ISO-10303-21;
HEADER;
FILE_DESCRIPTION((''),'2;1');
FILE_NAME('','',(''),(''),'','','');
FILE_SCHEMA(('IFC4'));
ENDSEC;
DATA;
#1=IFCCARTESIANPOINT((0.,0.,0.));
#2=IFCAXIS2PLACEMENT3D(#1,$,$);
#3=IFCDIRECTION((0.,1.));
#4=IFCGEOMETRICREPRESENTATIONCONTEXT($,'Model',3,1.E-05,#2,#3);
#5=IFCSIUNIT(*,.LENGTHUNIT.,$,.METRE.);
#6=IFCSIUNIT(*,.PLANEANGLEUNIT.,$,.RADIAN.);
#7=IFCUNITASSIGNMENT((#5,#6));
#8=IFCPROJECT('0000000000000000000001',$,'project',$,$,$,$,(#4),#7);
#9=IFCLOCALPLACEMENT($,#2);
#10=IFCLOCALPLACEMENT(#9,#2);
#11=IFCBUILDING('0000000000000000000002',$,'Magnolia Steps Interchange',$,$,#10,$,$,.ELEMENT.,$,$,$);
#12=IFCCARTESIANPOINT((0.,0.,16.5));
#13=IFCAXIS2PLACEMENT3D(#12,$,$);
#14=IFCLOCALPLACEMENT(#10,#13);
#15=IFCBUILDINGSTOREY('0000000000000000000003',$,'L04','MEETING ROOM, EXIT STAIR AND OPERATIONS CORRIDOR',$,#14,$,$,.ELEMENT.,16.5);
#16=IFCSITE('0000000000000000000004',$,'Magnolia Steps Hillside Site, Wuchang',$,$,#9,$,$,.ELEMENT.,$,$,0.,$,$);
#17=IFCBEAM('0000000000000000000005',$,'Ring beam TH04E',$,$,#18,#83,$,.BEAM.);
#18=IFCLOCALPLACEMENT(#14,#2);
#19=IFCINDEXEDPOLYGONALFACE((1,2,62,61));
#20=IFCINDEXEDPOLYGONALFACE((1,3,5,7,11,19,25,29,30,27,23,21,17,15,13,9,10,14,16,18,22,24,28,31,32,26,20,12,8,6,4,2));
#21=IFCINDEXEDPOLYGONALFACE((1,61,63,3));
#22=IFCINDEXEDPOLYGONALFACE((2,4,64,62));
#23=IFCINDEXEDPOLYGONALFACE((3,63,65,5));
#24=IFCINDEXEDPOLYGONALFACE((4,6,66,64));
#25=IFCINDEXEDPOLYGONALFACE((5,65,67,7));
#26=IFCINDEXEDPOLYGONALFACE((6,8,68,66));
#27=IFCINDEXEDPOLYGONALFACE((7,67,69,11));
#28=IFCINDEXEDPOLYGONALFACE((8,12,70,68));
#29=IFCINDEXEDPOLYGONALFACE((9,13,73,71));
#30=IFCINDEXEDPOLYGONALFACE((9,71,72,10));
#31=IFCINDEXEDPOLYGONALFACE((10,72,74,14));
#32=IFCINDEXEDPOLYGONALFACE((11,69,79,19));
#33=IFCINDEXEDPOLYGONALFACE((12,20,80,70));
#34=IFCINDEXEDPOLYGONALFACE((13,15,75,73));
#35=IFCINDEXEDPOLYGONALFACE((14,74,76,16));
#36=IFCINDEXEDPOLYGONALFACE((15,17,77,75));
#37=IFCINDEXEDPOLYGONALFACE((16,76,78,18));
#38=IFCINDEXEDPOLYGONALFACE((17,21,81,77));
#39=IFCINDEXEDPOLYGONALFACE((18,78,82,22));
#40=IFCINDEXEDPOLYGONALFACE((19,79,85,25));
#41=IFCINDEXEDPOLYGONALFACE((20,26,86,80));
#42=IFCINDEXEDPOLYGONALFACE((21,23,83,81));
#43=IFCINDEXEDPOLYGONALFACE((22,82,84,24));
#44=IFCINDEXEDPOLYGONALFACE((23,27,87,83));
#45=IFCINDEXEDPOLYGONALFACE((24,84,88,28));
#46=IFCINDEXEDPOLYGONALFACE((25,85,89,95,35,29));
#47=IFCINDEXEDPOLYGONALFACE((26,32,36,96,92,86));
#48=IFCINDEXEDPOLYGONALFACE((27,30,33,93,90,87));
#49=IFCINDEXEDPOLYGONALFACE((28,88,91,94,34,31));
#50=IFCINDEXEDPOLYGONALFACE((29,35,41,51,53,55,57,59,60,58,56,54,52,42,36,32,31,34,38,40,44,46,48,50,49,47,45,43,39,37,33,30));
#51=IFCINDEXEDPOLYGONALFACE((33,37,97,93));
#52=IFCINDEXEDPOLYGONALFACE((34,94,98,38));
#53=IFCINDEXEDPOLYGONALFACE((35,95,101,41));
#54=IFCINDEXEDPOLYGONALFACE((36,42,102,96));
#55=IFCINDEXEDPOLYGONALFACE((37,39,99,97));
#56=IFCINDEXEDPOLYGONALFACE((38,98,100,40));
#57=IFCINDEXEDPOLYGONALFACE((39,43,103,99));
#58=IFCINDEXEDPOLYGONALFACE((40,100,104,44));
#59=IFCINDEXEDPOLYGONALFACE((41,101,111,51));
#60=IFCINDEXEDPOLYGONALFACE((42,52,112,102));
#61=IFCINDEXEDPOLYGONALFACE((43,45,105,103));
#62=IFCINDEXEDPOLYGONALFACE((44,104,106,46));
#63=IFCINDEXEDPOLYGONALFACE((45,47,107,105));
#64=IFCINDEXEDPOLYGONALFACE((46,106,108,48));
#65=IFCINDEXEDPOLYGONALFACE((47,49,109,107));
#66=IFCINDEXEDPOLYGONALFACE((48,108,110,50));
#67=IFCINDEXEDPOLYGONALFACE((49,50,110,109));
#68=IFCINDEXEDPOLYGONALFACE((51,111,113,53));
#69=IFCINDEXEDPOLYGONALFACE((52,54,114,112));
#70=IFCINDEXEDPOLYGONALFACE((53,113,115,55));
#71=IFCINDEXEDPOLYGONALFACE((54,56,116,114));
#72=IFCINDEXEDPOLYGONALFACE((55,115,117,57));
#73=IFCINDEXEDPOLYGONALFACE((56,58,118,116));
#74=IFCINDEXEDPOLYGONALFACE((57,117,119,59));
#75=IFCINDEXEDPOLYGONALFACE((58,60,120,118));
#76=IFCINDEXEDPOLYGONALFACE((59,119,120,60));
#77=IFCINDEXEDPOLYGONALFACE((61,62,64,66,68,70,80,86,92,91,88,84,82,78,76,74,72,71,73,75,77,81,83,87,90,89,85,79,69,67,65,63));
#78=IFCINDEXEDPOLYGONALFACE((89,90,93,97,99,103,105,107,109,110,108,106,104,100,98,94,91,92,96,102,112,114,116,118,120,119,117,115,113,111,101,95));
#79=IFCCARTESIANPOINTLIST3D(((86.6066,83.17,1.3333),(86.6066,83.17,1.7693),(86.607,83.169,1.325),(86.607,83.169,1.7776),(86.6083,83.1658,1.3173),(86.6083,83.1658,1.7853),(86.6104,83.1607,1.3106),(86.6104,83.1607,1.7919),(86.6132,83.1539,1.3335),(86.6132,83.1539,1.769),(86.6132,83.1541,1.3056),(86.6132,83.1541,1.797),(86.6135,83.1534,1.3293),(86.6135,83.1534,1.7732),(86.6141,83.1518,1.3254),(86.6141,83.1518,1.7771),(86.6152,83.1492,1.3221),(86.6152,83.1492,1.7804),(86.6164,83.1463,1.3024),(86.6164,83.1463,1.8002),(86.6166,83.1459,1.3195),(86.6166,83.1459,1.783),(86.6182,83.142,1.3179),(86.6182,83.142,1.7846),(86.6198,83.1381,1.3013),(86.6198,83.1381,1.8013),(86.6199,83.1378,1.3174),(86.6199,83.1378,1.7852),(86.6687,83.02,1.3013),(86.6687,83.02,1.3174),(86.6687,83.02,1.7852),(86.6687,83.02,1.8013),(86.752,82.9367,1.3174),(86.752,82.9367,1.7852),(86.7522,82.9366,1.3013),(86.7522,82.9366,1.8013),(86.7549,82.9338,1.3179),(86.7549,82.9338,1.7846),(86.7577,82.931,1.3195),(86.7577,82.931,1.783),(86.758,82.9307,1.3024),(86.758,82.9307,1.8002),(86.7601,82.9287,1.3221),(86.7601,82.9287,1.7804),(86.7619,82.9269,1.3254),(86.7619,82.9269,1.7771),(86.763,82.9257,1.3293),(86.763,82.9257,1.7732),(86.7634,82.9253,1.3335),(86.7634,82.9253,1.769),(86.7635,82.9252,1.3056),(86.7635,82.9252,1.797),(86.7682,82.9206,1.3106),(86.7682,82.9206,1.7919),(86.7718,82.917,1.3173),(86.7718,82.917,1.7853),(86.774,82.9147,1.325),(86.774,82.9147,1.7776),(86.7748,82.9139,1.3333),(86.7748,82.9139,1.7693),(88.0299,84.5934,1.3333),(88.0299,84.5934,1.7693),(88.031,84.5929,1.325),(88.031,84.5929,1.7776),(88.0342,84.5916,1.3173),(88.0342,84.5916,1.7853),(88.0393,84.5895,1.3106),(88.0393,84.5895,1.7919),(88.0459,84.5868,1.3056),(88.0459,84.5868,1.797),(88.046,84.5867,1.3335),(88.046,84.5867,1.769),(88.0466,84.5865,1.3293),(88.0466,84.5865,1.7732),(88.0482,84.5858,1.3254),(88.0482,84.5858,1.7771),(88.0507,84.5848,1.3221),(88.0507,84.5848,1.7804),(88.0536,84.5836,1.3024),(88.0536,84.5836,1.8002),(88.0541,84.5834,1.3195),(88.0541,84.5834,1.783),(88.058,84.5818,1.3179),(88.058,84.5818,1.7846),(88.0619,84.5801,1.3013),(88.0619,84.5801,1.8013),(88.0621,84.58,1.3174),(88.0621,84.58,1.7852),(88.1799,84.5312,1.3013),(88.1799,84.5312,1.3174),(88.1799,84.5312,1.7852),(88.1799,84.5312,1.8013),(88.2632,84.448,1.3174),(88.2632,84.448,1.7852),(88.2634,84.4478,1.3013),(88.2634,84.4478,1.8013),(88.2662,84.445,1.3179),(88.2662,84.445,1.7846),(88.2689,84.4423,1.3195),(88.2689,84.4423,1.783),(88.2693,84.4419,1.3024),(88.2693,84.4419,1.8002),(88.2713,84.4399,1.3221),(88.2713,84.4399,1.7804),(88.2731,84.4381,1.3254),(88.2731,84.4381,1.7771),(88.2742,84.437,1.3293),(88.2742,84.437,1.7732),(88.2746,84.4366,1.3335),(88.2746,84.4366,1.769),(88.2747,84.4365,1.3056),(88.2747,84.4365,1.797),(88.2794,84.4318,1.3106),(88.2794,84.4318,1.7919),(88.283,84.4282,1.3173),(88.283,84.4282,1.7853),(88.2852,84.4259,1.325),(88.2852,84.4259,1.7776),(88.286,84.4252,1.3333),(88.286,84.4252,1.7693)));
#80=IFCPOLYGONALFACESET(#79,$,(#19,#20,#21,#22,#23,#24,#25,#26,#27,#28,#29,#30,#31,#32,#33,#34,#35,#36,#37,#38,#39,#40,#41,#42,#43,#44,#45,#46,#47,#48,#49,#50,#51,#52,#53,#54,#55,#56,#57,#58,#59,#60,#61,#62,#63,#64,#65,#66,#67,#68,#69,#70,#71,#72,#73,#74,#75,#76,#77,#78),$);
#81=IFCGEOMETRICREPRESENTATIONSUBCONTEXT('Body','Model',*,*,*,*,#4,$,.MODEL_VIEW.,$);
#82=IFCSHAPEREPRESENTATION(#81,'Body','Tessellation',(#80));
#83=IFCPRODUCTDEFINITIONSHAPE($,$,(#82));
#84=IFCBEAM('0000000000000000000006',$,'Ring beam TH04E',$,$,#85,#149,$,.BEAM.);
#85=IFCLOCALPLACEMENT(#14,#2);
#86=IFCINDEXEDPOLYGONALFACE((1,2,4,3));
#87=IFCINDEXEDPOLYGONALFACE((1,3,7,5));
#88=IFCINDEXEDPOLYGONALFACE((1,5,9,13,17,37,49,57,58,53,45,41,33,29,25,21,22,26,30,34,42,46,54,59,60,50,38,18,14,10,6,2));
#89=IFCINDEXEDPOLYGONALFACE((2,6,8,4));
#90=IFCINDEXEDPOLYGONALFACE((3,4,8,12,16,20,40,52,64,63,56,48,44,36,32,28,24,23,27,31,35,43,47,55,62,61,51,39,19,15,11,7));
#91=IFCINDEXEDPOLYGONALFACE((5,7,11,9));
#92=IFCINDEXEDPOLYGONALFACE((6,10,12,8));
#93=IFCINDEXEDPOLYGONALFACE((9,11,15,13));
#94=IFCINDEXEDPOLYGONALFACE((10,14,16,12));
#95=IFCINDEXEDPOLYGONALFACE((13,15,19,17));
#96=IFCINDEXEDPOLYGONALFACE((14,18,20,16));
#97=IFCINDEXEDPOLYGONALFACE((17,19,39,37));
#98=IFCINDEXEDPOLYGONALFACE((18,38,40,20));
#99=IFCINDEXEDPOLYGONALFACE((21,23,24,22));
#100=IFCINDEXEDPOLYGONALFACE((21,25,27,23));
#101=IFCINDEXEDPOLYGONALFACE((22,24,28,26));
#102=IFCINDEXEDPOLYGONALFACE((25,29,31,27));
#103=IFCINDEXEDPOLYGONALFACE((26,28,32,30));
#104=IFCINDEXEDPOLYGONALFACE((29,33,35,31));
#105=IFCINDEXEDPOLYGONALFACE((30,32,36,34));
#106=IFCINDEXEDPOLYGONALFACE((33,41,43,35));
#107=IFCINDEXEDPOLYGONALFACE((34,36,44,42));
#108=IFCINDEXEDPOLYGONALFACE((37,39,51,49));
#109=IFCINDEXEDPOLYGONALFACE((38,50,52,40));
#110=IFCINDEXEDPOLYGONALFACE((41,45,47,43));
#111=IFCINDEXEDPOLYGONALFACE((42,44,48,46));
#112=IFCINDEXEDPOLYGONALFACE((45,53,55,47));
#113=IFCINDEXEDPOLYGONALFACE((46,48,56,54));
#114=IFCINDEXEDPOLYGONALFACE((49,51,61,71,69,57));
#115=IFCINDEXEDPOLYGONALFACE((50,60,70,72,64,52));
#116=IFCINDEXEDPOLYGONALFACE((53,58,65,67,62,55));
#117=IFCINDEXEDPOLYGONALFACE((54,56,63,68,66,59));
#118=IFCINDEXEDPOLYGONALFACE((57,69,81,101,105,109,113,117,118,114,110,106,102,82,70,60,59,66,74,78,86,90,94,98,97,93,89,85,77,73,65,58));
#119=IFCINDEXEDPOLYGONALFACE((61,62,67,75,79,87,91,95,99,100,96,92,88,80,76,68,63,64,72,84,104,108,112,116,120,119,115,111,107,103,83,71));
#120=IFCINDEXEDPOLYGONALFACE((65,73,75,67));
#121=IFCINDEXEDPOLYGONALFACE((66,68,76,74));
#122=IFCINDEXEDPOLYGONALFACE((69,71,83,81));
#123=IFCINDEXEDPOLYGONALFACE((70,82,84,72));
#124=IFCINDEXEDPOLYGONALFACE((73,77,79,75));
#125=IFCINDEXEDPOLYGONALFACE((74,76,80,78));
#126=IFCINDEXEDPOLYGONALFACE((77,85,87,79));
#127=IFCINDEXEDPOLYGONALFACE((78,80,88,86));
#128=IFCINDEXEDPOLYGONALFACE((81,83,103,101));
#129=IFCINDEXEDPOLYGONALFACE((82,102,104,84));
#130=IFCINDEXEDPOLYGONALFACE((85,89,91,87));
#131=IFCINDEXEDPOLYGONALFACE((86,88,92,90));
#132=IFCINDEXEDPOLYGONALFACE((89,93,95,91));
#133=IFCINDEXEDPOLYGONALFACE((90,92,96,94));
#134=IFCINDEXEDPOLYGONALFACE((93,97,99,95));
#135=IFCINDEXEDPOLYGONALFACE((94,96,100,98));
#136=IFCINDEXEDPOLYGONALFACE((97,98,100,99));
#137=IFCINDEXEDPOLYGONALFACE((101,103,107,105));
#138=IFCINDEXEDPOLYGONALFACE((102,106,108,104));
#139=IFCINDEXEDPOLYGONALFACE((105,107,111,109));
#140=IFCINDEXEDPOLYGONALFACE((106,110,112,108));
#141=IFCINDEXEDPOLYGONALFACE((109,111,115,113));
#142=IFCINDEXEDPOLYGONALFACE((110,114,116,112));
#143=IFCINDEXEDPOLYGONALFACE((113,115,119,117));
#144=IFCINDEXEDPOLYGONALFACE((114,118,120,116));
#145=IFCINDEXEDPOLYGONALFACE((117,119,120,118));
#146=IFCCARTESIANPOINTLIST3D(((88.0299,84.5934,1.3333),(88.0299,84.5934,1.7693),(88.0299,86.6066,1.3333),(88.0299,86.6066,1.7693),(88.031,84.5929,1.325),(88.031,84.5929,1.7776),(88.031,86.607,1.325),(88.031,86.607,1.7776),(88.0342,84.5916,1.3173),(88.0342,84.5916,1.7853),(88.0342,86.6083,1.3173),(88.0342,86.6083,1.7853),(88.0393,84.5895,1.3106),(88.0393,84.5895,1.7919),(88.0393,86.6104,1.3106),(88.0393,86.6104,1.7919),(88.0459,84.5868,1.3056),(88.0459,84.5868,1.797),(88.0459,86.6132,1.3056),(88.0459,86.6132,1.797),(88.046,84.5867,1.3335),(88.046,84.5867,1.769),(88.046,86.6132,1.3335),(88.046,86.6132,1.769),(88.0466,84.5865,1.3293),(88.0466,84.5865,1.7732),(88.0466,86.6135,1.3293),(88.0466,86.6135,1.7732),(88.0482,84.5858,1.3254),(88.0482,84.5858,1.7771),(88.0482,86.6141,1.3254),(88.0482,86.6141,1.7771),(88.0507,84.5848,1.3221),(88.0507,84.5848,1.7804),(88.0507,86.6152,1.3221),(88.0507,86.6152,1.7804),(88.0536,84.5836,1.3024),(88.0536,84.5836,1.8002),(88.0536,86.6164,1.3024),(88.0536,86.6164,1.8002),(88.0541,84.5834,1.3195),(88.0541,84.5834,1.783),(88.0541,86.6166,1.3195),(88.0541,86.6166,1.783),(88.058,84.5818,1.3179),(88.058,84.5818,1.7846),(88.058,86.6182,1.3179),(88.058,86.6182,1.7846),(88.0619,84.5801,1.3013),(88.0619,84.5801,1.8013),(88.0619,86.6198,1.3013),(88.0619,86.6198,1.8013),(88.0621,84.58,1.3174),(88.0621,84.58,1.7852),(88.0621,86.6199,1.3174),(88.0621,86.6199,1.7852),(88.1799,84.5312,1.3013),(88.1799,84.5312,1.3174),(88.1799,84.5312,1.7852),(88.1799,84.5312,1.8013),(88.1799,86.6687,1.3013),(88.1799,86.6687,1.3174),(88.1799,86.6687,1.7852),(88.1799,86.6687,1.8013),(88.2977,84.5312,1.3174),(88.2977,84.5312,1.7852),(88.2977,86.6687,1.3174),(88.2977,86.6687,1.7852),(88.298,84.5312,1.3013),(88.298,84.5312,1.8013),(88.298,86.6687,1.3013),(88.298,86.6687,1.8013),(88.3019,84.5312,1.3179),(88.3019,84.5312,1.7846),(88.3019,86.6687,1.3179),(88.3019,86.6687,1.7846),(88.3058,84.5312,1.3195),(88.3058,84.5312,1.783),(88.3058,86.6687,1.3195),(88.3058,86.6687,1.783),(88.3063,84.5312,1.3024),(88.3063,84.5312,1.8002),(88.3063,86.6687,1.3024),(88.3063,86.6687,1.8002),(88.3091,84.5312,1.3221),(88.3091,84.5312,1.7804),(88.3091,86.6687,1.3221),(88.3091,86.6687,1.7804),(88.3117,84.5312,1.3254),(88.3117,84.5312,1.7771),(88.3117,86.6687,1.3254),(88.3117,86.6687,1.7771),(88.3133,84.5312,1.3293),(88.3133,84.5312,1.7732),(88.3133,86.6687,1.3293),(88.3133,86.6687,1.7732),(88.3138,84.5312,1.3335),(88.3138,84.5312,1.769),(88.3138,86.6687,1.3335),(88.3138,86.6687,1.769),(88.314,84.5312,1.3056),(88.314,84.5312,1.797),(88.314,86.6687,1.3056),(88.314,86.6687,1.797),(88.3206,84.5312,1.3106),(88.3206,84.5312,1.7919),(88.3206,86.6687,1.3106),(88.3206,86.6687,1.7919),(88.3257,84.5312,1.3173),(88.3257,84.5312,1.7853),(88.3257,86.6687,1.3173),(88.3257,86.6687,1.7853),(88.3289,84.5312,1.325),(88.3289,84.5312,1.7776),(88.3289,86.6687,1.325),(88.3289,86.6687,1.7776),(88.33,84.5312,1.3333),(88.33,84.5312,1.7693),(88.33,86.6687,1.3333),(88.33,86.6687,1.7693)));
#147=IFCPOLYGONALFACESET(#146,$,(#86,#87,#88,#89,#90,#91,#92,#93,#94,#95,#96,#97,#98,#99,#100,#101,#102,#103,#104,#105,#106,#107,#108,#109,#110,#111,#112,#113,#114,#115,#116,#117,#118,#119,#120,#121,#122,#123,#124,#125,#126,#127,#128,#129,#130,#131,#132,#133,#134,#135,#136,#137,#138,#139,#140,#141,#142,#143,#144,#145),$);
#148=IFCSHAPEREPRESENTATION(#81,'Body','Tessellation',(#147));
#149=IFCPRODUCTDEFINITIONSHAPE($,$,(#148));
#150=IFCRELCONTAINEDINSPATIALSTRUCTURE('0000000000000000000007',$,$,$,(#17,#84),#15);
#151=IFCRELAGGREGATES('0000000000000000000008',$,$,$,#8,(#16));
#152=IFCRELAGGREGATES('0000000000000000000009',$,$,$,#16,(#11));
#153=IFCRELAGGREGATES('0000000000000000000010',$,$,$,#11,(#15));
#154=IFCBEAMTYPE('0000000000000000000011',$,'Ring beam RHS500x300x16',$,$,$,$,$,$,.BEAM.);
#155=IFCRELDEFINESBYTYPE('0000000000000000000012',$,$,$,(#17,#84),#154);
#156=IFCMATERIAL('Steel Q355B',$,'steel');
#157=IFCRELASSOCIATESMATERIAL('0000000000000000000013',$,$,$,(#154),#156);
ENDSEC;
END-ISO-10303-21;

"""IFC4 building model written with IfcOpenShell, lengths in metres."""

from ifc_helpers import new_model, si_unit, direction, frame, origin, origin_2d, place, context, subcontext, project, spatial, hollow_rectangle, extrude, clip, halfspace, material, material_profile, profile_set, type_object, element, save


model = new_model("IFC4")

# Units and contexts
model_context = context("Model", 3, precision=1e-05, world=origin(), true_north=direction((0.0, 1.0)))
body_context = subcontext(model_context, "Body", "Model", "MODEL_VIEW")
ifc_project = project(units=[si_unit("LENGTHUNIT", "METRE"), si_unit("PLANEANGLEUNIT", "RADIAN")], contexts=[model_context])

# Site, building, storey
site_placement = place(None, origin())
site = spatial("IfcSite", under=ifc_project, at=site_placement, Name="Magnolia Steps Hillside Site, Wuchang", CompositionType="ELEMENT", RefElevation=0.0)
building_placement = place(site_placement, origin())
building = spatial("IfcBuilding", under=site, at=building_placement, Name="Magnolia Steps Interchange", CompositionType="ELEMENT")
storey_placement = place(building_placement, frame((0.0, 0.0, 16.5)))
storey = spatial("IfcBuildingStorey", under=building, at=storey_placement, Name="L04", Description="MEETING ROOM, EXIT STAIR AND OPERATIONS CORRIDOR", CompositionType="ELEMENT", Elevation=16.5)

# Beams
ifc_material_1 = material(Name="Steel Q355B", Category="steel")
ifc_material_profile_1 = material_profile(ifc_material_1, hollow_rectangle(XDim=0.3, YDim=0.5, WallThickness=0.0161, InnerFilletRadius=0.0161, OuterFilletRadius=0.032, at=origin_2d()), Name="RHS500x300x16")
ifc_profile_set_1 = profile_set([ifc_material_profile_1], Name="Steel Q355B")
beam_type_1 = type_object("IfcBeamType", Name="Ring beam RHS500x300x16", PredefinedType="BEAM", material=ifc_profile_set_1)
beam_1_placement = place(storey_placement, frame((86.6687, 83.02, 1.5513), z_axis=(0.707107, 0.707107, 0.0), x_axis=(-0.707107, 0.707107, 0.0)))
element("IfcBeam", 1, at=beam_1_placement, inside=storey, type_object=beam_type_1, Name="Ring beam TH04E", PredefinedType="BEAM", context=body_context, shape_type="Clipping", body=[
    clip(clip(extrude(hollow_rectangle(XDim=0.3, YDim=0.5, WallThickness=0.0161, InnerFilletRadius=0.0161, OuterFilletRadius=0.032, at=origin_2d()), origin(), (0.0, 0.0, 1.0), 2.1372), halfspace(frame((0.0, 0.0, 0.0), z_axis=(0.382683, 0.0, -0.92388), x_axis=(0.92388, 0.0, 0.382683)), False)), halfspace(frame((0.0, 0.0, 2.1372), z_axis=(0.382683, 0.0, 0.92388), x_axis=(0.92388, 0.0, -0.382683)), False)),
])
beam_2_placement = place(storey_placement, frame((88.1799, 84.5312, 1.5513), z_axis=(0.0, 1.0, 0.0), x_axis=(-1.0, 0.0, 0.0)))
element("IfcBeam", 2, at=beam_2_placement, inside=storey, type_object=beam_type_1, Name="Ring beam TH04E", PredefinedType="BEAM", context=body_context, shape_type="Clipping", body=[
    clip(clip(extrude(hollow_rectangle(XDim=0.3, YDim=0.5, WallThickness=0.0161, InnerFilletRadius=0.0161, OuterFilletRadius=0.032, at=origin_2d()), origin(), (0.0, 0.0, 1.0), 2.1375), halfspace(frame((0.0, 0.0, 0.0), z_axis=(0.382683, 0.0, -0.92388), x_axis=(0.92388, 0.0, 0.382683)), False)), halfspace(frame((0.0, 0.0, 2.1375), z_axis=(0.382683, 0.0, 0.92388), x_axis=(0.92388, 0.0, -0.382683)), False)),
])

save(model, "model.ifc")
